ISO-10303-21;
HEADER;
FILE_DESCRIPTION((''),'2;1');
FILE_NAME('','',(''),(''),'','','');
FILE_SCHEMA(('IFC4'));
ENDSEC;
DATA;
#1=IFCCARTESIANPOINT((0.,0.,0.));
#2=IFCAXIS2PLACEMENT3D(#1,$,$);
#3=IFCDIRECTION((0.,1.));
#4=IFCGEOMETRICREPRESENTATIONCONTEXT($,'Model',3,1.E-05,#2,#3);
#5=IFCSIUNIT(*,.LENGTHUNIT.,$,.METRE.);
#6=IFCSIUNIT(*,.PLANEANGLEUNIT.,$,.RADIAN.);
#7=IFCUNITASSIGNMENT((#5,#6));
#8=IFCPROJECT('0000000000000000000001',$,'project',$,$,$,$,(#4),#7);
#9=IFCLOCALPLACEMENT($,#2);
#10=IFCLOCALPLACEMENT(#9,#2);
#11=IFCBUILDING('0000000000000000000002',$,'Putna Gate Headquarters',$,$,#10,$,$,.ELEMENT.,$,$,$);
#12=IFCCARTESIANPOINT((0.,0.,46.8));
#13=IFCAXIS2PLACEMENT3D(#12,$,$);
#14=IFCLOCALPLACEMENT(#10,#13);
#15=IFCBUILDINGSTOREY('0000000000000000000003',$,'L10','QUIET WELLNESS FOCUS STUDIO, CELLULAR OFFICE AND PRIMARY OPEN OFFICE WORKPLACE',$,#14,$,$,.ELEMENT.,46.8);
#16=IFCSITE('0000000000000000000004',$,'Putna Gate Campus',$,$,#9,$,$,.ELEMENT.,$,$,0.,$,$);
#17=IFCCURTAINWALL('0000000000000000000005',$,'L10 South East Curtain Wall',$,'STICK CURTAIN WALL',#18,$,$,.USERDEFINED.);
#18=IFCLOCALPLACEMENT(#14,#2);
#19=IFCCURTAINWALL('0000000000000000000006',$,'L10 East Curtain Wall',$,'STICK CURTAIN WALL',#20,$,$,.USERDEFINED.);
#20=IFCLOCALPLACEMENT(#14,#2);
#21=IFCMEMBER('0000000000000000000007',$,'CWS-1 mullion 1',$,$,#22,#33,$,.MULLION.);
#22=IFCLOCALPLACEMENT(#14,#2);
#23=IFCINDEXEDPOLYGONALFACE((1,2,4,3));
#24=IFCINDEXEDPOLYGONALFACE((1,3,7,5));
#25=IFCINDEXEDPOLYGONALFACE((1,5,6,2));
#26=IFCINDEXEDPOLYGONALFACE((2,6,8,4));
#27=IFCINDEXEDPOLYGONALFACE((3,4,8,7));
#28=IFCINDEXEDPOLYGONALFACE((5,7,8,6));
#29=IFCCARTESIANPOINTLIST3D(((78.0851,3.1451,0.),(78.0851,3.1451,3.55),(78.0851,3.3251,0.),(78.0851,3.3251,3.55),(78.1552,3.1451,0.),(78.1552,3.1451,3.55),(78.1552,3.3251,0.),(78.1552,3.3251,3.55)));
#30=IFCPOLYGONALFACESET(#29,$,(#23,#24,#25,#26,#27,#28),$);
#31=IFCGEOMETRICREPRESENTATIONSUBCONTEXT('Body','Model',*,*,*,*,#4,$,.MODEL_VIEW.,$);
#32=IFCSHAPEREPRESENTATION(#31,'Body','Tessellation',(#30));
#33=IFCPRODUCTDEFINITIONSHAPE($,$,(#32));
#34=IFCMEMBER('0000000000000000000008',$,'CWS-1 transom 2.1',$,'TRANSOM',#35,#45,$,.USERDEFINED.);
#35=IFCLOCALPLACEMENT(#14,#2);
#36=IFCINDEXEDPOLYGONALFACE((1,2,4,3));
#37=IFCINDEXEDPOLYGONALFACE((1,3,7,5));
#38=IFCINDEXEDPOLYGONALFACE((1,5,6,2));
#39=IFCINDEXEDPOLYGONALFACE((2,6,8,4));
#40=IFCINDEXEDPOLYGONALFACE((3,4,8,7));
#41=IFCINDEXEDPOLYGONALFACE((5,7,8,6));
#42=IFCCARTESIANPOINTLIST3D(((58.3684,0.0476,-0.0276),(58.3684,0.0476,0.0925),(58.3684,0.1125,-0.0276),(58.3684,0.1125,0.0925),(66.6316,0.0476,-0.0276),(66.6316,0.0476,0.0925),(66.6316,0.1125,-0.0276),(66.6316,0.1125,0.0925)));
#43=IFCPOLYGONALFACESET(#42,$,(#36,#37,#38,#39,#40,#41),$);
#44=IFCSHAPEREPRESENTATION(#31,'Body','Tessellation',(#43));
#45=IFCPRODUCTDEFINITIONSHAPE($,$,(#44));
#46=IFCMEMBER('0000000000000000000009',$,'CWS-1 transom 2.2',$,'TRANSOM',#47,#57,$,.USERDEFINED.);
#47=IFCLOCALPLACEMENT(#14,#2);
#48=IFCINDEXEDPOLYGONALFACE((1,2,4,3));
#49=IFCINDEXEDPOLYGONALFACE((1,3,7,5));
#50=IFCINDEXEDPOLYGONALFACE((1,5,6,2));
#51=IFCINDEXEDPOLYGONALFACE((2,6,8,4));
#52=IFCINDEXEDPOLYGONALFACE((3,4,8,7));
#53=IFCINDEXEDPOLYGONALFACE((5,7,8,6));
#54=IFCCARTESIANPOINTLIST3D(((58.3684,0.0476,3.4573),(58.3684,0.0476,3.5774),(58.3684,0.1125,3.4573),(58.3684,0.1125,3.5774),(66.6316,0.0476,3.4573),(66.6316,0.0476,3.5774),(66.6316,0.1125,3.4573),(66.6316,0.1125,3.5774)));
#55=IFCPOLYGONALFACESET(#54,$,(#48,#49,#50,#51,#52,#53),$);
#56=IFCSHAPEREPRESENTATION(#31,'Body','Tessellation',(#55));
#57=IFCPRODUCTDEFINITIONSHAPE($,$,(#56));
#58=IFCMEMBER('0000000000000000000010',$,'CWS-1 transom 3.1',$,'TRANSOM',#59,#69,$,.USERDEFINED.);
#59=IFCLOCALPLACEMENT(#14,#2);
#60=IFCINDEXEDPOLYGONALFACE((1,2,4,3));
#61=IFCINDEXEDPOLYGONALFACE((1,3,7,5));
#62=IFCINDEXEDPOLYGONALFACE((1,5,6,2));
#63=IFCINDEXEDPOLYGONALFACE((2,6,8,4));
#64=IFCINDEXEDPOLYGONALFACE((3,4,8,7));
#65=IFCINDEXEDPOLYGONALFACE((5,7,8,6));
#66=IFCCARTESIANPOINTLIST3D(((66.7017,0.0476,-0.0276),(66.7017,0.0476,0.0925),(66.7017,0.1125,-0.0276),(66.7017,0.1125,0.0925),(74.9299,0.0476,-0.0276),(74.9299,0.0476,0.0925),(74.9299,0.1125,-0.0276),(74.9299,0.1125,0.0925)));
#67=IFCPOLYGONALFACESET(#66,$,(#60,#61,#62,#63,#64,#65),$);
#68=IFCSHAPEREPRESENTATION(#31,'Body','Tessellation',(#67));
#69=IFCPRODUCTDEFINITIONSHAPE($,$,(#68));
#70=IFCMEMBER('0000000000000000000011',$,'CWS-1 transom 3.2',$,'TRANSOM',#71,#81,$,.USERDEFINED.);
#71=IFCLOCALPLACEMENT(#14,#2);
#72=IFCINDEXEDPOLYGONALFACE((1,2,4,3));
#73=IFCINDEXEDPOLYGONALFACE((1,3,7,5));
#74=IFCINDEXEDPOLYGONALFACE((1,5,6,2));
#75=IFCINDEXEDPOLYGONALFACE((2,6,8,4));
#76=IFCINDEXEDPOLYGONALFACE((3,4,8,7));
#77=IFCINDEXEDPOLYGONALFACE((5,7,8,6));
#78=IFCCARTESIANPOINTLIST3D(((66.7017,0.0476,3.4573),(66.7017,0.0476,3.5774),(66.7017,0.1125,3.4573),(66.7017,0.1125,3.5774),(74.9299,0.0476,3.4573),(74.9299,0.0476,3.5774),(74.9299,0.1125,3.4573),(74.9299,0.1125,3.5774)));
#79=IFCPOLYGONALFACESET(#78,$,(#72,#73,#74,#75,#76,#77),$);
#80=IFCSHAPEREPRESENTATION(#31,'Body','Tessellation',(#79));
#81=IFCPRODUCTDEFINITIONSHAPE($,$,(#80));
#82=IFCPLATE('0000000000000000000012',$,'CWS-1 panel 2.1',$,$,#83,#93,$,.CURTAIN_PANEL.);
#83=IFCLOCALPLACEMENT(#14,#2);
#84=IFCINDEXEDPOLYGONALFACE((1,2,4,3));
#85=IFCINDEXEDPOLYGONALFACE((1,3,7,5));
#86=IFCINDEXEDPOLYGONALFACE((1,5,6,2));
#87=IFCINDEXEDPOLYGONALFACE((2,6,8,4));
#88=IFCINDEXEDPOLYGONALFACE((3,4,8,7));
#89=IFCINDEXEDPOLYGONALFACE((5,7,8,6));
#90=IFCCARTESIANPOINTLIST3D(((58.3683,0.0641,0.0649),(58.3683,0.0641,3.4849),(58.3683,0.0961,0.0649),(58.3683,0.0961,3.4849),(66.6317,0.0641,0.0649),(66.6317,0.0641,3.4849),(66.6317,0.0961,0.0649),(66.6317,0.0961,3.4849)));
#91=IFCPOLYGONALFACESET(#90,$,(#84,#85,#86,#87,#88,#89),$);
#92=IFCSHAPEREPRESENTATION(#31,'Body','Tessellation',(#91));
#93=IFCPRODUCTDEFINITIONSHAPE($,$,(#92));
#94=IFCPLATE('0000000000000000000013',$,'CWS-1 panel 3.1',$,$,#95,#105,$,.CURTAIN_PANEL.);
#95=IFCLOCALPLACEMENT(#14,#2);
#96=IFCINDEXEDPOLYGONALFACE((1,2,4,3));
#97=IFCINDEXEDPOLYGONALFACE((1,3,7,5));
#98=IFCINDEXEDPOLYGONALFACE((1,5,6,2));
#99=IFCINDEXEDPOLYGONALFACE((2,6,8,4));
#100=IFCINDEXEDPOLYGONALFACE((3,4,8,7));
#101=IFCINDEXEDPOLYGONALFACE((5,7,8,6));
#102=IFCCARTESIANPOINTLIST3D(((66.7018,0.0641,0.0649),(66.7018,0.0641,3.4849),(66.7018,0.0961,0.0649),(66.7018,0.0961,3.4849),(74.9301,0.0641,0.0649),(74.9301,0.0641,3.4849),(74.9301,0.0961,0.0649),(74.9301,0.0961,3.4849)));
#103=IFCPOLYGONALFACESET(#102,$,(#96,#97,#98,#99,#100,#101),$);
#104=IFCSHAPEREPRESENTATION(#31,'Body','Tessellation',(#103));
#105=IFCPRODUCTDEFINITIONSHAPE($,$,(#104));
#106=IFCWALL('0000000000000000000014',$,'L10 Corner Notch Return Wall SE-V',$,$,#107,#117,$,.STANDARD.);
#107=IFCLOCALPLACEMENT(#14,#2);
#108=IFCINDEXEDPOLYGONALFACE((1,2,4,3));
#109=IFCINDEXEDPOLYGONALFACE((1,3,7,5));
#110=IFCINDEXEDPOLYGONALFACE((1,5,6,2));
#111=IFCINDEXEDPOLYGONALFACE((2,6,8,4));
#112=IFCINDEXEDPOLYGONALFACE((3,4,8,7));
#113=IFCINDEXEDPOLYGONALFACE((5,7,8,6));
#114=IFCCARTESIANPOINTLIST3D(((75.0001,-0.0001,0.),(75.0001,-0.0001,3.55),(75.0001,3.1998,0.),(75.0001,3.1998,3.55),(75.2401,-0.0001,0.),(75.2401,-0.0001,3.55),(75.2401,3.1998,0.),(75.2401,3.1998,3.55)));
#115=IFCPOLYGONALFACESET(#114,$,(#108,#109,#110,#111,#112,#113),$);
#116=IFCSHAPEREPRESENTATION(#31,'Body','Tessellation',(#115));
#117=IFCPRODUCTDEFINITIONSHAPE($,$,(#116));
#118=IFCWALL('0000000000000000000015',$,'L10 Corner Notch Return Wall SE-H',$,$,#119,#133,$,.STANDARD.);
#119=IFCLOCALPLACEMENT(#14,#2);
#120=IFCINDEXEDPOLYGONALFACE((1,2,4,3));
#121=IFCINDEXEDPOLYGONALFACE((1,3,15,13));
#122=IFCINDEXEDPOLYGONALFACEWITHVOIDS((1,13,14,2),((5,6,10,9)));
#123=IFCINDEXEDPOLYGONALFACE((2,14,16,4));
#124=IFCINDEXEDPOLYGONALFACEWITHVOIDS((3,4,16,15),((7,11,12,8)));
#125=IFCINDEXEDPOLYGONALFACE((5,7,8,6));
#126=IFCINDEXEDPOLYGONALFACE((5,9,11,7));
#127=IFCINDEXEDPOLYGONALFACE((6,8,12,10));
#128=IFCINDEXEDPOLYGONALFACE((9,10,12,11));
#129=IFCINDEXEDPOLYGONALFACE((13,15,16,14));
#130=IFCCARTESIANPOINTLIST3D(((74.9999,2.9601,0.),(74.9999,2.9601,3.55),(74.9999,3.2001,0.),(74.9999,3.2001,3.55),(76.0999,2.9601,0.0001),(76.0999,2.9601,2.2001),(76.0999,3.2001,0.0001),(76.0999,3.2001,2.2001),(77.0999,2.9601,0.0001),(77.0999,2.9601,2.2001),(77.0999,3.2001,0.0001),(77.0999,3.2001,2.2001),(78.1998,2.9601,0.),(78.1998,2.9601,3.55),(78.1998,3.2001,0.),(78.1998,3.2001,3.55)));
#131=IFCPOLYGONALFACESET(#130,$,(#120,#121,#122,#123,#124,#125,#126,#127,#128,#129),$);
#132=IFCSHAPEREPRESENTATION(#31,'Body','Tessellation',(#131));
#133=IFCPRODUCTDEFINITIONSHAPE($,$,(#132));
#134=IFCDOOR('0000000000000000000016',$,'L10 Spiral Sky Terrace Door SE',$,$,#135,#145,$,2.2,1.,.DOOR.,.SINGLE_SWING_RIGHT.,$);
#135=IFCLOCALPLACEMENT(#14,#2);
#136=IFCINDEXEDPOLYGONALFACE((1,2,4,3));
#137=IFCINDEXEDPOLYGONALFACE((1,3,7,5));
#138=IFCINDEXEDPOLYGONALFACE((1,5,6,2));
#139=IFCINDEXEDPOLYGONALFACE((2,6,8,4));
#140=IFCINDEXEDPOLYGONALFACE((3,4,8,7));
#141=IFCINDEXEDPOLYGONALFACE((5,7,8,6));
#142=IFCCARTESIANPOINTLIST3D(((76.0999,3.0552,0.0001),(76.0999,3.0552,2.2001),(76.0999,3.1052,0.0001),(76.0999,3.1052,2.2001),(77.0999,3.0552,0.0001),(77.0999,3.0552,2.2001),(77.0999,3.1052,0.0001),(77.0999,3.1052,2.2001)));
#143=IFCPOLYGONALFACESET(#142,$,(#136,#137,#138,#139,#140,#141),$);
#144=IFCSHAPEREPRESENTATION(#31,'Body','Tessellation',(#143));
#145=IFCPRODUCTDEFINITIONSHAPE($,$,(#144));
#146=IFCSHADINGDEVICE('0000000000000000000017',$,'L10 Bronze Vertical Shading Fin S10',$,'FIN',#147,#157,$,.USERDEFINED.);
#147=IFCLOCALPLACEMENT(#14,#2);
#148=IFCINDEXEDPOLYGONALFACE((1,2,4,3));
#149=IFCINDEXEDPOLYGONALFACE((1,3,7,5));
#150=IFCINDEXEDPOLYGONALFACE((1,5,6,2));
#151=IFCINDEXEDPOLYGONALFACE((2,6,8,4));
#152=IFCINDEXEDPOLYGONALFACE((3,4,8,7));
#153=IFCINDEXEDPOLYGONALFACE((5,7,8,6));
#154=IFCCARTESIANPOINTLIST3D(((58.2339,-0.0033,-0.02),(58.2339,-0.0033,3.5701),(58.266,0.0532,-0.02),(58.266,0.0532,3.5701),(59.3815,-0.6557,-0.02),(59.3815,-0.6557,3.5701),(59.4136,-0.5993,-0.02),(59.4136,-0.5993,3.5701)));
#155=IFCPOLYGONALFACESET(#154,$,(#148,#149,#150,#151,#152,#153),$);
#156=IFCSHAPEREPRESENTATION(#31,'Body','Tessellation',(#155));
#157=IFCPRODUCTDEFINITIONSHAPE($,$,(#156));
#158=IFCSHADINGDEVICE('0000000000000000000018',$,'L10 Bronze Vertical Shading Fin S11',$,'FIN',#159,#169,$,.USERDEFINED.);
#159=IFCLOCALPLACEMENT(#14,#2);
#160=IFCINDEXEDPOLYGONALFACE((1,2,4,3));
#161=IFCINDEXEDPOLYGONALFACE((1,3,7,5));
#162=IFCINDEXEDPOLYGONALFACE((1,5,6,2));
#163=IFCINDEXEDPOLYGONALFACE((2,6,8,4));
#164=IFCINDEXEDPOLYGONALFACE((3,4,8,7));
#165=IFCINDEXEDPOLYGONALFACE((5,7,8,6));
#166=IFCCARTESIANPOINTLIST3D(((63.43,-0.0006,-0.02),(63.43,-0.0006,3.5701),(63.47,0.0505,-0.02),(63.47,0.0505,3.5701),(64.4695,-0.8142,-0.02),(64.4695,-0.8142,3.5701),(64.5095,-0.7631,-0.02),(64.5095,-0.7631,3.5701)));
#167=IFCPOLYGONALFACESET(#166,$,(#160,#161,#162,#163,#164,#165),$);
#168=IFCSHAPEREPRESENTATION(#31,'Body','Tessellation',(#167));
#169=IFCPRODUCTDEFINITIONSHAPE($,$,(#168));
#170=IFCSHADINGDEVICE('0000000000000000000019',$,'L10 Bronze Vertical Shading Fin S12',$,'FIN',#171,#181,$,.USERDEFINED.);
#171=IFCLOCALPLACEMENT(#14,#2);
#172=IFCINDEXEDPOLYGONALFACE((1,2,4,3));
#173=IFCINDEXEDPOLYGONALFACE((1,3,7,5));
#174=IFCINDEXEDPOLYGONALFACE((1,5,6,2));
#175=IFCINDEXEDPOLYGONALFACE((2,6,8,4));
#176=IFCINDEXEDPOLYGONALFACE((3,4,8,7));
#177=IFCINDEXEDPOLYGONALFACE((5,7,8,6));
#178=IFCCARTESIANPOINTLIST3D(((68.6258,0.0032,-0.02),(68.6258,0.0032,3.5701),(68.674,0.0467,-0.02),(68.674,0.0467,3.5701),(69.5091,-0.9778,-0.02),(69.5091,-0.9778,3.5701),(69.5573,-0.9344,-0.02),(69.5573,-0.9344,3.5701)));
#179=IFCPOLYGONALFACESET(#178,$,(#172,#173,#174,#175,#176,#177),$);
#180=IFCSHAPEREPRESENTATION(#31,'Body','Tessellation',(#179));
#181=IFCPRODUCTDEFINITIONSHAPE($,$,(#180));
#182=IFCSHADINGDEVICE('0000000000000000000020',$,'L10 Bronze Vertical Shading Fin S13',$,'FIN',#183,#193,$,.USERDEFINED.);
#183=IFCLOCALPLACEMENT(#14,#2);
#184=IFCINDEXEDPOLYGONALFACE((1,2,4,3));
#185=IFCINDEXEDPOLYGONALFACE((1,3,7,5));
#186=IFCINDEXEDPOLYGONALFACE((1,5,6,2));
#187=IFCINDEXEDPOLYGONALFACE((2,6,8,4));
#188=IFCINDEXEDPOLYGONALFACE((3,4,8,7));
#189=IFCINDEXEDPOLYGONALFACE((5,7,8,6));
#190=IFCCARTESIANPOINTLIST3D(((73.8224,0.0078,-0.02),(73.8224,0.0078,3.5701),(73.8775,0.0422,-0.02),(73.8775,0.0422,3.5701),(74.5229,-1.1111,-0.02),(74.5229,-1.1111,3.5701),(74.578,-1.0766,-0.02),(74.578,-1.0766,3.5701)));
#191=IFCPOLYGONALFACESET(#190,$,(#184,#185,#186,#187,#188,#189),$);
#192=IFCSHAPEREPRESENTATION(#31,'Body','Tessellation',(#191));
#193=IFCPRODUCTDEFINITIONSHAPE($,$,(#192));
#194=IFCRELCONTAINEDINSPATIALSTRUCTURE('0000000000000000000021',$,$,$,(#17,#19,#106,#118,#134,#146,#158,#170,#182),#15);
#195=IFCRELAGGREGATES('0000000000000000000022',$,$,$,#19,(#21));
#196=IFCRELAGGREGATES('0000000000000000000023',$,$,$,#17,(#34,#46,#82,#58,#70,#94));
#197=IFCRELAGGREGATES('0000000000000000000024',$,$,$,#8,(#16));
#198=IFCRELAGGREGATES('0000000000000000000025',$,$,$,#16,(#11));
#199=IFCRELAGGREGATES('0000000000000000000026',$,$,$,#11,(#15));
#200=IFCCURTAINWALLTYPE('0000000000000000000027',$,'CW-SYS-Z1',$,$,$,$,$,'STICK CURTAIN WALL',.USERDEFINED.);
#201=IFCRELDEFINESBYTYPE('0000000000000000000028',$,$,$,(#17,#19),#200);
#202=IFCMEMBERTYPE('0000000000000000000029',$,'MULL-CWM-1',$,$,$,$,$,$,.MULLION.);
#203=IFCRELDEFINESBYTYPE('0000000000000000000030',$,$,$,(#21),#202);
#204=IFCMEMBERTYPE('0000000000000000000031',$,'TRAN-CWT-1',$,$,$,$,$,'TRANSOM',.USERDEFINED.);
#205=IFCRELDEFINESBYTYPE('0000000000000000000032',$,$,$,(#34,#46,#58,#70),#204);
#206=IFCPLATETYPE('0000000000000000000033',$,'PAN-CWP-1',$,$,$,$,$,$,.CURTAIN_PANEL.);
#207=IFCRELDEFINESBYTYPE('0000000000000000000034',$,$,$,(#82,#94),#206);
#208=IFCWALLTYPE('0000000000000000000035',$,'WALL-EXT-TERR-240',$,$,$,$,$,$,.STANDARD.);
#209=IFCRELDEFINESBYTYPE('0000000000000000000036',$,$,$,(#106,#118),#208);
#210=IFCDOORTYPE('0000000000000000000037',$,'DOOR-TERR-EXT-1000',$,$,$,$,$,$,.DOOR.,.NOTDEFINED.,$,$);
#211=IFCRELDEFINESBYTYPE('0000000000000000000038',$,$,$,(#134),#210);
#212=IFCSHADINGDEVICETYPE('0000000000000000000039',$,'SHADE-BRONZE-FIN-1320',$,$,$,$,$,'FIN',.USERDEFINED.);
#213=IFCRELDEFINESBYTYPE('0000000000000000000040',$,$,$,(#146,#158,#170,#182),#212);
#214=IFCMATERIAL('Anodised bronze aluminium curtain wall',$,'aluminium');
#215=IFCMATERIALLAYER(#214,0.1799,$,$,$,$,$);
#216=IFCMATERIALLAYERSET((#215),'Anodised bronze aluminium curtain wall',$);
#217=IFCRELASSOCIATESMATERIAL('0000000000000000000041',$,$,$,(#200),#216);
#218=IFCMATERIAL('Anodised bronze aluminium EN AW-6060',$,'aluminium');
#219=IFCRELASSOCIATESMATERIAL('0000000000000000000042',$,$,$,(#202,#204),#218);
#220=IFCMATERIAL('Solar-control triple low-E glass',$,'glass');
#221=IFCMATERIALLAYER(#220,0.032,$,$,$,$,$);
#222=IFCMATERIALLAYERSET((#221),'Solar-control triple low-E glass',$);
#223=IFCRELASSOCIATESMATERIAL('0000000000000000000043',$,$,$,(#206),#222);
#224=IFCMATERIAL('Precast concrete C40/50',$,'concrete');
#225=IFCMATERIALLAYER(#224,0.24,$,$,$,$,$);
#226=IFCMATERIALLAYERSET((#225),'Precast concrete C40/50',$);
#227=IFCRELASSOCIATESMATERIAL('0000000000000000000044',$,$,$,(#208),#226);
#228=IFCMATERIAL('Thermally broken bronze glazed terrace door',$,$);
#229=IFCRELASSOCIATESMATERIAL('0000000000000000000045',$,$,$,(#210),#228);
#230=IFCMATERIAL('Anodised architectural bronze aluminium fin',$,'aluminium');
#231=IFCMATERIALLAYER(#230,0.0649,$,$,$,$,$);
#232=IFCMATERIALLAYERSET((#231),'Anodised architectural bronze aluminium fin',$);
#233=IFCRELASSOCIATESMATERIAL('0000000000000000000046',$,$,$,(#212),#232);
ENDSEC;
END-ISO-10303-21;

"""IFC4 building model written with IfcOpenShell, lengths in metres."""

from ifc_helpers import new_model, si_unit, direction, frame, frame_2d, origin, origin_2d, place, context, subcontext, project, spatial, rectangle, extrude, material, layer, layer_set, material_profile, profile_set, type_object, element, fill, aggregate, save


model = new_model("IFC4")

# Units and contexts
model_context = context("Model", 3, precision=1e-05, world=origin(), true_north=direction((0.0, 1.0)))
body_context = subcontext(model_context, "Body", "Model", "MODEL_VIEW")
ifc_project = project(units=[si_unit("LENGTHUNIT", "METRE"), si_unit("PLANEANGLEUNIT", "RADIAN")], contexts=[model_context])

# Site, building, storey
site_placement = place(None, origin())
site = spatial("IfcSite", under=ifc_project, at=site_placement, Name="Putna Gate Campus", CompositionType="ELEMENT", RefElevation=0.0)
building_placement = place(site_placement, origin())
building = spatial("IfcBuilding", under=site, at=building_placement, Name="Putna Gate Headquarters", CompositionType="ELEMENT")
storey_placement = place(building_placement, frame((0.0, 0.0, 46.8)))
storey = spatial("IfcBuildingStorey", under=building, at=storey_placement, Name="L10", Description="QUIET WELLNESS FOCUS STUDIO, CELLULAR OFFICE AND PRIMARY OPEN OFFICE WORKPLACE", CompositionType="ELEMENT", Elevation=46.8)

# Curtain wall
ifc_material_1 = material(Name="Anodised bronze aluminium curtain wall", Category="aluminium")
ifc_layer_1 = layer(ifc_material_1, 0.1799)
ifc_layer_set_1 = layer_set([ifc_layer_1], Name="Anodised bronze aluminium curtain wall")
curtain_wall_type = type_object("IfcCurtainWallType", Name="CW-SYS-Z1", ElementType="STICK CURTAIN WALL", PredefinedType="USERDEFINED", material=ifc_layer_set_1)
curtain_wall_1_placement = place(storey_placement, origin())
curtain_wall_1 = element("IfcCurtainWall", 1, at=curtain_wall_1_placement, inside=storey, type_object=curtain_wall_type, Name="L10 South East Curtain Wall", ObjectType="STICK CURTAIN WALL", PredefinedType="USERDEFINED")
ifc_material_2 = material(Name="Anodised bronze aluminium EN AW-6060", Category="aluminium")
ifc_material_profile_1 = material_profile(ifc_material_2, rectangle(XDim=0.0701, YDim=0.1799, at=origin_2d()), Name="Anodised bronze aluminium EN AW-6060")
ifc_profile_set_1 = profile_set([ifc_material_profile_1], Name="Anodised bronze aluminium EN AW-6060")
member_type_1 = type_object("IfcMemberType", Name="MULL-CWM-1", PredefinedType="MULLION", material=ifc_profile_set_1)

# Curtain wall, member
curtain_wall_2_placement = place(storey_placement, origin())
curtain_wall_2 = element("IfcCurtainWall", 2, at=curtain_wall_2_placement, inside=storey, type_object=curtain_wall_type, Name="L10 East Curtain Wall", ObjectType="STICK CURTAIN WALL", PredefinedType="USERDEFINED")
member_1_placement = place(storey_placement, frame((78.1201, 3.2351, 0.0), z_axis=(0.0, 0.0, 1.0), x_axis=(-1.0, 0.0, 0.0)))
member_1 = element("IfcMember", 3, at=member_1_placement, type_object=member_type_1, Name="CWS-1 mullion 1", PredefinedType="MULLION", context=body_context, shape_type="SweptSolid", body=[
    extrude(rectangle(XDim=0.0701, YDim=0.1799, at=origin_2d()), origin(), (0.0, 0.0, 1.0), 3.55),
])
aggregate(curtain_wall_2, [member_1])

# Members
ifc_material_profile_2 = material_profile(ifc_material_2, rectangle(XDim=0.0649, YDim=0.1201, at=origin_2d()), Name="Anodised bronze aluminium EN AW-6060")
ifc_profile_set_2 = profile_set([ifc_material_profile_2], Name="Anodised bronze aluminium EN AW-6060")
member_type_2 = type_object("IfcMemberType", Name="TRAN-CWT-1", ElementType="TRANSOM", PredefinedType="USERDEFINED", material=ifc_profile_set_2)
member_2_placement = place(storey_placement, frame((58.3684, 0.0801, 0.0325), z_axis=(1.0, 0.0, 0.0), x_axis=(0.0, 1.0, 0.0)))
member_2 = element("IfcMember", 4, at=member_2_placement, type_object=member_type_2, Name="CWS-1 transom 2.1", ObjectType="TRANSOM", PredefinedType="USERDEFINED", context=body_context, shape_type="SweptSolid", body=[
    extrude(rectangle(XDim=0.0649, YDim=0.1201, at=origin_2d()), origin(), (0.0, 0.0, 1.0), 8.2632),
])
member_3_placement = place(storey_placement, frame((58.3684, 0.0801, 3.5173), z_axis=(1.0, 0.0, 0.0), x_axis=(0.0, 1.0, 0.0)))
member_3 = element("IfcMember", 5, at=member_3_placement, type_object=member_type_2, Name="CWS-1 transom 2.2", ObjectType="TRANSOM", PredefinedType="USERDEFINED", context=body_context, shape_type="SweptSolid", body=[
    extrude(rectangle(XDim=0.0649, YDim=0.1201, at=origin_2d()), origin(), (0.0, 0.0, 1.0), 8.2632),
])
member_4_placement = place(storey_placement, frame((66.7017, 0.0801, 0.0325), z_axis=(1.0, 0.0, 0.0), x_axis=(0.0, 1.0, 0.0)))
member_4 = element("IfcMember", 6, at=member_4_placement, type_object=member_type_2, Name="CWS-1 transom 3.1", ObjectType="TRANSOM", PredefinedType="USERDEFINED", context=body_context, shape_type="SweptSolid", body=[
    extrude(rectangle(XDim=0.0649, YDim=0.1201, at=origin_2d()), origin(), (0.0, 0.0, 1.0), 8.2283),
])
member_5_placement = place(storey_placement, frame((66.7017, 0.0801, 3.5173), z_axis=(1.0, 0.0, 0.0), x_axis=(0.0, 1.0, 0.0)))
member_5 = element("IfcMember", 7, at=member_5_placement, type_object=member_type_2, Name="CWS-1 transom 3.2", ObjectType="TRANSOM", PredefinedType="USERDEFINED", context=body_context, shape_type="SweptSolid", body=[
    extrude(rectangle(XDim=0.0649, YDim=0.1201, at=origin_2d()), origin(), (0.0, 0.0, 1.0), 8.2283),
])

# Plates
ifc_material_3 = material(Name="Solar-control triple low-E glass", Category="glass")
ifc_layer_2 = layer(ifc_material_3, 0.032)
ifc_layer_set_2 = layer_set([ifc_layer_2], Name="Solar-control triple low-E glass")
plate_type = type_object("IfcPlateType", Name="PAN-CWP-1", PredefinedType="CURTAIN_PANEL", material=ifc_layer_set_2)
plate_1_placement = place(storey_placement, frame((62.5, 0.0801, 0.0649), z_axis=(0.0, 0.0, 1.0), x_axis=(1.0, 0.0, 0.0)))
plate_1 = element("IfcPlate", 8, at=plate_1_placement, type_object=plate_type, Name="CWS-1 panel 2.1", PredefinedType="CURTAIN_PANEL", context=body_context, shape_type="SweptSolid", body=[
    extrude(rectangle(XDim=8.2634, YDim=0.032, at=origin_2d()), origin(), (0.0, 0.0, 1.0), 3.4199),
])
plate_2_placement = place(storey_placement, frame((70.8159, 0.0801, 0.0649), z_axis=(0.0, 0.0, 1.0), x_axis=(1.0, 0.0, 0.0)))
plate_2 = element("IfcPlate", 9, at=plate_2_placement, type_object=plate_type, Name="CWS-1 panel 3.1", PredefinedType="CURTAIN_PANEL", context=body_context, shape_type="SweptSolid", body=[
    extrude(rectangle(XDim=8.2283, YDim=0.032, at=origin_2d()), origin(), (0.0, 0.0, 1.0), 3.4199),
])
aggregate(curtain_wall_1, [member_2, member_3, plate_1, member_4, member_5, plate_2])

# Wall
ifc_material_4 = material(Name="Precast concrete C40/50", Category="concrete")
ifc_layer_3 = layer(ifc_material_4, 0.24)
ifc_layer_set_3 = layer_set([ifc_layer_3], Name="Precast concrete C40/50")
wall_type = type_object("IfcWallType", Name="WALL-EXT-TERR-240", PredefinedType="STANDARD", material=ifc_layer_set_3)
wall_1_placement = place(storey_placement, frame((75.1201, 3.2, 0.0), z_axis=(0.0, 0.0, 1.0), x_axis=(0.0, -1.0, 0.0)))
element("IfcWall", 10, at=wall_1_placement, inside=storey, type_object=wall_type, Name="L10 Corner Notch Return Wall SE-V", PredefinedType="STANDARD", context=body_context, shape_type="SweptSolid", body=[
    extrude(rectangle(XDim=3.2, YDim=0.24, at=frame_2d((1.6001, 0.0))), origin(), (0.0, 0.0, 1.0), 3.55),
])

# Wall, opening, door
wall_2_placement = place(storey_placement, frame((78.2, 3.0801, 0.0), z_axis=(0.0, 0.0, 1.0), x_axis=(-1.0, 0.0, 0.0)))
wall_2 = element("IfcWall", 11, at=wall_2_placement, inside=storey, type_object=wall_type, Name="L10 Corner Notch Return Wall SE-H", PredefinedType="STANDARD", context=body_context, shape_type="SweptSolid", body=[
    extrude(rectangle(XDim=3.2, YDim=0.24, at=frame_2d((1.6001, 0.0))), origin(), (0.0, 0.0, 1.0), 3.55),
])
opening_placement = place(wall_2_placement, frame((1.1001, 0.0, 0.0)))
opening = element("IfcOpeningElement", 12, at=opening_placement, cuts=wall_2, PredefinedType="OPENING", context=body_context, shape_type="SweptSolid", body=[
    extrude(rectangle(XDim=1.0, YDim=2.2, at=frame_2d((0.5, 1.1001))), frame((0.0, 0.1299, 0.0), z_axis=(0.0, -1.0, 0.0), x_axis=(1.0, 0.0, 0.0)), (0.0, 0.0, 1.0), 0.26),
])
ifc_material_5 = material(Name="Thermally broken bronze glazed terrace door")
door_type = type_object("IfcDoorType", Name="DOOR-TERR-EXT-1000", OperationType="NOTDEFINED", PredefinedType="DOOR", material=ifc_material_5)
door_placement = place(opening_placement, origin())
door = element("IfcDoor", 13, at=door_placement, inside=storey, type_object=door_type, Name="L10 Spiral Sky Terrace Door SE", OperationType="SINGLE_SWING_RIGHT", OverallHeight=2.2, OverallWidth=1.0, PredefinedType="DOOR", context=body_context, shape_type="SweptSolid", body=[
    extrude(rectangle(XDim=1.0, YDim=2.2, at=frame_2d((0.5, 1.1001))), frame((0.0, 0.0249, 0.0), z_axis=(0.0, -1.0, 0.0), x_axis=(1.0, 0.0, 0.0)), (0.0, 0.0, 1.0), 0.05),
])
fill(opening, door)

# Shading devices
ifc_material_6 = material(Name="Anodised architectural bronze aluminium fin", Category="aluminium")
ifc_layer_4 = layer(ifc_material_6, 0.0649)
ifc_layer_set_4 = layer_set([ifc_layer_4], Name="Anodised architectural bronze aluminium fin")
shading_device_type = type_object("IfcShadingDeviceType", Name="SHADE-BRONZE-FIN-1320", ElementType="FIN", PredefinedType="USERDEFINED", material=ifc_layer_set_4)
for number, where, z_axis, x_axis, name in (
    (14, (58.8237, -0.3013, -0.02), (0.0, 0.0, 1.0), (0.869322, -0.494245, 0.0), "L10 Bronze Vertical Shading Fin S10"),
    (15, (63.9697, -0.3818, -0.02), (0.0, 0.0, 1.0), (0.787473, -0.616349, 0.0), "L10 Bronze Vertical Shading Fin S11"),
    (16, (69.0916, -0.4656, -0.02), (0.0, 0.0, 1.0), (0.669131, -0.743145, 0.0), "L10 Bronze Vertical Shading Fin S12"),
    (17, (74.2002, -0.5344, -0.02), (0.0, 0.0, 1.0), (0.530659, -0.847585, 0.0), "L10 Bronze Vertical Shading Fin S13"),
):
    element("IfcShadingDevice", number, at=place(storey_placement, frame(where, z_axis=z_axis, x_axis=x_axis)), inside=storey, type_object=shading_device_type, Name=name, ObjectType="FIN", PredefinedType="USERDEFINED", context=body_context, shape_type="SweptSolid", body=[
        extrude(rectangle(XDim=1.3201, YDim=0.0649, at=origin_2d()), origin(), (0.0, 0.0, 1.0), 3.5901),
    ])

save(model, "model.ifc")
